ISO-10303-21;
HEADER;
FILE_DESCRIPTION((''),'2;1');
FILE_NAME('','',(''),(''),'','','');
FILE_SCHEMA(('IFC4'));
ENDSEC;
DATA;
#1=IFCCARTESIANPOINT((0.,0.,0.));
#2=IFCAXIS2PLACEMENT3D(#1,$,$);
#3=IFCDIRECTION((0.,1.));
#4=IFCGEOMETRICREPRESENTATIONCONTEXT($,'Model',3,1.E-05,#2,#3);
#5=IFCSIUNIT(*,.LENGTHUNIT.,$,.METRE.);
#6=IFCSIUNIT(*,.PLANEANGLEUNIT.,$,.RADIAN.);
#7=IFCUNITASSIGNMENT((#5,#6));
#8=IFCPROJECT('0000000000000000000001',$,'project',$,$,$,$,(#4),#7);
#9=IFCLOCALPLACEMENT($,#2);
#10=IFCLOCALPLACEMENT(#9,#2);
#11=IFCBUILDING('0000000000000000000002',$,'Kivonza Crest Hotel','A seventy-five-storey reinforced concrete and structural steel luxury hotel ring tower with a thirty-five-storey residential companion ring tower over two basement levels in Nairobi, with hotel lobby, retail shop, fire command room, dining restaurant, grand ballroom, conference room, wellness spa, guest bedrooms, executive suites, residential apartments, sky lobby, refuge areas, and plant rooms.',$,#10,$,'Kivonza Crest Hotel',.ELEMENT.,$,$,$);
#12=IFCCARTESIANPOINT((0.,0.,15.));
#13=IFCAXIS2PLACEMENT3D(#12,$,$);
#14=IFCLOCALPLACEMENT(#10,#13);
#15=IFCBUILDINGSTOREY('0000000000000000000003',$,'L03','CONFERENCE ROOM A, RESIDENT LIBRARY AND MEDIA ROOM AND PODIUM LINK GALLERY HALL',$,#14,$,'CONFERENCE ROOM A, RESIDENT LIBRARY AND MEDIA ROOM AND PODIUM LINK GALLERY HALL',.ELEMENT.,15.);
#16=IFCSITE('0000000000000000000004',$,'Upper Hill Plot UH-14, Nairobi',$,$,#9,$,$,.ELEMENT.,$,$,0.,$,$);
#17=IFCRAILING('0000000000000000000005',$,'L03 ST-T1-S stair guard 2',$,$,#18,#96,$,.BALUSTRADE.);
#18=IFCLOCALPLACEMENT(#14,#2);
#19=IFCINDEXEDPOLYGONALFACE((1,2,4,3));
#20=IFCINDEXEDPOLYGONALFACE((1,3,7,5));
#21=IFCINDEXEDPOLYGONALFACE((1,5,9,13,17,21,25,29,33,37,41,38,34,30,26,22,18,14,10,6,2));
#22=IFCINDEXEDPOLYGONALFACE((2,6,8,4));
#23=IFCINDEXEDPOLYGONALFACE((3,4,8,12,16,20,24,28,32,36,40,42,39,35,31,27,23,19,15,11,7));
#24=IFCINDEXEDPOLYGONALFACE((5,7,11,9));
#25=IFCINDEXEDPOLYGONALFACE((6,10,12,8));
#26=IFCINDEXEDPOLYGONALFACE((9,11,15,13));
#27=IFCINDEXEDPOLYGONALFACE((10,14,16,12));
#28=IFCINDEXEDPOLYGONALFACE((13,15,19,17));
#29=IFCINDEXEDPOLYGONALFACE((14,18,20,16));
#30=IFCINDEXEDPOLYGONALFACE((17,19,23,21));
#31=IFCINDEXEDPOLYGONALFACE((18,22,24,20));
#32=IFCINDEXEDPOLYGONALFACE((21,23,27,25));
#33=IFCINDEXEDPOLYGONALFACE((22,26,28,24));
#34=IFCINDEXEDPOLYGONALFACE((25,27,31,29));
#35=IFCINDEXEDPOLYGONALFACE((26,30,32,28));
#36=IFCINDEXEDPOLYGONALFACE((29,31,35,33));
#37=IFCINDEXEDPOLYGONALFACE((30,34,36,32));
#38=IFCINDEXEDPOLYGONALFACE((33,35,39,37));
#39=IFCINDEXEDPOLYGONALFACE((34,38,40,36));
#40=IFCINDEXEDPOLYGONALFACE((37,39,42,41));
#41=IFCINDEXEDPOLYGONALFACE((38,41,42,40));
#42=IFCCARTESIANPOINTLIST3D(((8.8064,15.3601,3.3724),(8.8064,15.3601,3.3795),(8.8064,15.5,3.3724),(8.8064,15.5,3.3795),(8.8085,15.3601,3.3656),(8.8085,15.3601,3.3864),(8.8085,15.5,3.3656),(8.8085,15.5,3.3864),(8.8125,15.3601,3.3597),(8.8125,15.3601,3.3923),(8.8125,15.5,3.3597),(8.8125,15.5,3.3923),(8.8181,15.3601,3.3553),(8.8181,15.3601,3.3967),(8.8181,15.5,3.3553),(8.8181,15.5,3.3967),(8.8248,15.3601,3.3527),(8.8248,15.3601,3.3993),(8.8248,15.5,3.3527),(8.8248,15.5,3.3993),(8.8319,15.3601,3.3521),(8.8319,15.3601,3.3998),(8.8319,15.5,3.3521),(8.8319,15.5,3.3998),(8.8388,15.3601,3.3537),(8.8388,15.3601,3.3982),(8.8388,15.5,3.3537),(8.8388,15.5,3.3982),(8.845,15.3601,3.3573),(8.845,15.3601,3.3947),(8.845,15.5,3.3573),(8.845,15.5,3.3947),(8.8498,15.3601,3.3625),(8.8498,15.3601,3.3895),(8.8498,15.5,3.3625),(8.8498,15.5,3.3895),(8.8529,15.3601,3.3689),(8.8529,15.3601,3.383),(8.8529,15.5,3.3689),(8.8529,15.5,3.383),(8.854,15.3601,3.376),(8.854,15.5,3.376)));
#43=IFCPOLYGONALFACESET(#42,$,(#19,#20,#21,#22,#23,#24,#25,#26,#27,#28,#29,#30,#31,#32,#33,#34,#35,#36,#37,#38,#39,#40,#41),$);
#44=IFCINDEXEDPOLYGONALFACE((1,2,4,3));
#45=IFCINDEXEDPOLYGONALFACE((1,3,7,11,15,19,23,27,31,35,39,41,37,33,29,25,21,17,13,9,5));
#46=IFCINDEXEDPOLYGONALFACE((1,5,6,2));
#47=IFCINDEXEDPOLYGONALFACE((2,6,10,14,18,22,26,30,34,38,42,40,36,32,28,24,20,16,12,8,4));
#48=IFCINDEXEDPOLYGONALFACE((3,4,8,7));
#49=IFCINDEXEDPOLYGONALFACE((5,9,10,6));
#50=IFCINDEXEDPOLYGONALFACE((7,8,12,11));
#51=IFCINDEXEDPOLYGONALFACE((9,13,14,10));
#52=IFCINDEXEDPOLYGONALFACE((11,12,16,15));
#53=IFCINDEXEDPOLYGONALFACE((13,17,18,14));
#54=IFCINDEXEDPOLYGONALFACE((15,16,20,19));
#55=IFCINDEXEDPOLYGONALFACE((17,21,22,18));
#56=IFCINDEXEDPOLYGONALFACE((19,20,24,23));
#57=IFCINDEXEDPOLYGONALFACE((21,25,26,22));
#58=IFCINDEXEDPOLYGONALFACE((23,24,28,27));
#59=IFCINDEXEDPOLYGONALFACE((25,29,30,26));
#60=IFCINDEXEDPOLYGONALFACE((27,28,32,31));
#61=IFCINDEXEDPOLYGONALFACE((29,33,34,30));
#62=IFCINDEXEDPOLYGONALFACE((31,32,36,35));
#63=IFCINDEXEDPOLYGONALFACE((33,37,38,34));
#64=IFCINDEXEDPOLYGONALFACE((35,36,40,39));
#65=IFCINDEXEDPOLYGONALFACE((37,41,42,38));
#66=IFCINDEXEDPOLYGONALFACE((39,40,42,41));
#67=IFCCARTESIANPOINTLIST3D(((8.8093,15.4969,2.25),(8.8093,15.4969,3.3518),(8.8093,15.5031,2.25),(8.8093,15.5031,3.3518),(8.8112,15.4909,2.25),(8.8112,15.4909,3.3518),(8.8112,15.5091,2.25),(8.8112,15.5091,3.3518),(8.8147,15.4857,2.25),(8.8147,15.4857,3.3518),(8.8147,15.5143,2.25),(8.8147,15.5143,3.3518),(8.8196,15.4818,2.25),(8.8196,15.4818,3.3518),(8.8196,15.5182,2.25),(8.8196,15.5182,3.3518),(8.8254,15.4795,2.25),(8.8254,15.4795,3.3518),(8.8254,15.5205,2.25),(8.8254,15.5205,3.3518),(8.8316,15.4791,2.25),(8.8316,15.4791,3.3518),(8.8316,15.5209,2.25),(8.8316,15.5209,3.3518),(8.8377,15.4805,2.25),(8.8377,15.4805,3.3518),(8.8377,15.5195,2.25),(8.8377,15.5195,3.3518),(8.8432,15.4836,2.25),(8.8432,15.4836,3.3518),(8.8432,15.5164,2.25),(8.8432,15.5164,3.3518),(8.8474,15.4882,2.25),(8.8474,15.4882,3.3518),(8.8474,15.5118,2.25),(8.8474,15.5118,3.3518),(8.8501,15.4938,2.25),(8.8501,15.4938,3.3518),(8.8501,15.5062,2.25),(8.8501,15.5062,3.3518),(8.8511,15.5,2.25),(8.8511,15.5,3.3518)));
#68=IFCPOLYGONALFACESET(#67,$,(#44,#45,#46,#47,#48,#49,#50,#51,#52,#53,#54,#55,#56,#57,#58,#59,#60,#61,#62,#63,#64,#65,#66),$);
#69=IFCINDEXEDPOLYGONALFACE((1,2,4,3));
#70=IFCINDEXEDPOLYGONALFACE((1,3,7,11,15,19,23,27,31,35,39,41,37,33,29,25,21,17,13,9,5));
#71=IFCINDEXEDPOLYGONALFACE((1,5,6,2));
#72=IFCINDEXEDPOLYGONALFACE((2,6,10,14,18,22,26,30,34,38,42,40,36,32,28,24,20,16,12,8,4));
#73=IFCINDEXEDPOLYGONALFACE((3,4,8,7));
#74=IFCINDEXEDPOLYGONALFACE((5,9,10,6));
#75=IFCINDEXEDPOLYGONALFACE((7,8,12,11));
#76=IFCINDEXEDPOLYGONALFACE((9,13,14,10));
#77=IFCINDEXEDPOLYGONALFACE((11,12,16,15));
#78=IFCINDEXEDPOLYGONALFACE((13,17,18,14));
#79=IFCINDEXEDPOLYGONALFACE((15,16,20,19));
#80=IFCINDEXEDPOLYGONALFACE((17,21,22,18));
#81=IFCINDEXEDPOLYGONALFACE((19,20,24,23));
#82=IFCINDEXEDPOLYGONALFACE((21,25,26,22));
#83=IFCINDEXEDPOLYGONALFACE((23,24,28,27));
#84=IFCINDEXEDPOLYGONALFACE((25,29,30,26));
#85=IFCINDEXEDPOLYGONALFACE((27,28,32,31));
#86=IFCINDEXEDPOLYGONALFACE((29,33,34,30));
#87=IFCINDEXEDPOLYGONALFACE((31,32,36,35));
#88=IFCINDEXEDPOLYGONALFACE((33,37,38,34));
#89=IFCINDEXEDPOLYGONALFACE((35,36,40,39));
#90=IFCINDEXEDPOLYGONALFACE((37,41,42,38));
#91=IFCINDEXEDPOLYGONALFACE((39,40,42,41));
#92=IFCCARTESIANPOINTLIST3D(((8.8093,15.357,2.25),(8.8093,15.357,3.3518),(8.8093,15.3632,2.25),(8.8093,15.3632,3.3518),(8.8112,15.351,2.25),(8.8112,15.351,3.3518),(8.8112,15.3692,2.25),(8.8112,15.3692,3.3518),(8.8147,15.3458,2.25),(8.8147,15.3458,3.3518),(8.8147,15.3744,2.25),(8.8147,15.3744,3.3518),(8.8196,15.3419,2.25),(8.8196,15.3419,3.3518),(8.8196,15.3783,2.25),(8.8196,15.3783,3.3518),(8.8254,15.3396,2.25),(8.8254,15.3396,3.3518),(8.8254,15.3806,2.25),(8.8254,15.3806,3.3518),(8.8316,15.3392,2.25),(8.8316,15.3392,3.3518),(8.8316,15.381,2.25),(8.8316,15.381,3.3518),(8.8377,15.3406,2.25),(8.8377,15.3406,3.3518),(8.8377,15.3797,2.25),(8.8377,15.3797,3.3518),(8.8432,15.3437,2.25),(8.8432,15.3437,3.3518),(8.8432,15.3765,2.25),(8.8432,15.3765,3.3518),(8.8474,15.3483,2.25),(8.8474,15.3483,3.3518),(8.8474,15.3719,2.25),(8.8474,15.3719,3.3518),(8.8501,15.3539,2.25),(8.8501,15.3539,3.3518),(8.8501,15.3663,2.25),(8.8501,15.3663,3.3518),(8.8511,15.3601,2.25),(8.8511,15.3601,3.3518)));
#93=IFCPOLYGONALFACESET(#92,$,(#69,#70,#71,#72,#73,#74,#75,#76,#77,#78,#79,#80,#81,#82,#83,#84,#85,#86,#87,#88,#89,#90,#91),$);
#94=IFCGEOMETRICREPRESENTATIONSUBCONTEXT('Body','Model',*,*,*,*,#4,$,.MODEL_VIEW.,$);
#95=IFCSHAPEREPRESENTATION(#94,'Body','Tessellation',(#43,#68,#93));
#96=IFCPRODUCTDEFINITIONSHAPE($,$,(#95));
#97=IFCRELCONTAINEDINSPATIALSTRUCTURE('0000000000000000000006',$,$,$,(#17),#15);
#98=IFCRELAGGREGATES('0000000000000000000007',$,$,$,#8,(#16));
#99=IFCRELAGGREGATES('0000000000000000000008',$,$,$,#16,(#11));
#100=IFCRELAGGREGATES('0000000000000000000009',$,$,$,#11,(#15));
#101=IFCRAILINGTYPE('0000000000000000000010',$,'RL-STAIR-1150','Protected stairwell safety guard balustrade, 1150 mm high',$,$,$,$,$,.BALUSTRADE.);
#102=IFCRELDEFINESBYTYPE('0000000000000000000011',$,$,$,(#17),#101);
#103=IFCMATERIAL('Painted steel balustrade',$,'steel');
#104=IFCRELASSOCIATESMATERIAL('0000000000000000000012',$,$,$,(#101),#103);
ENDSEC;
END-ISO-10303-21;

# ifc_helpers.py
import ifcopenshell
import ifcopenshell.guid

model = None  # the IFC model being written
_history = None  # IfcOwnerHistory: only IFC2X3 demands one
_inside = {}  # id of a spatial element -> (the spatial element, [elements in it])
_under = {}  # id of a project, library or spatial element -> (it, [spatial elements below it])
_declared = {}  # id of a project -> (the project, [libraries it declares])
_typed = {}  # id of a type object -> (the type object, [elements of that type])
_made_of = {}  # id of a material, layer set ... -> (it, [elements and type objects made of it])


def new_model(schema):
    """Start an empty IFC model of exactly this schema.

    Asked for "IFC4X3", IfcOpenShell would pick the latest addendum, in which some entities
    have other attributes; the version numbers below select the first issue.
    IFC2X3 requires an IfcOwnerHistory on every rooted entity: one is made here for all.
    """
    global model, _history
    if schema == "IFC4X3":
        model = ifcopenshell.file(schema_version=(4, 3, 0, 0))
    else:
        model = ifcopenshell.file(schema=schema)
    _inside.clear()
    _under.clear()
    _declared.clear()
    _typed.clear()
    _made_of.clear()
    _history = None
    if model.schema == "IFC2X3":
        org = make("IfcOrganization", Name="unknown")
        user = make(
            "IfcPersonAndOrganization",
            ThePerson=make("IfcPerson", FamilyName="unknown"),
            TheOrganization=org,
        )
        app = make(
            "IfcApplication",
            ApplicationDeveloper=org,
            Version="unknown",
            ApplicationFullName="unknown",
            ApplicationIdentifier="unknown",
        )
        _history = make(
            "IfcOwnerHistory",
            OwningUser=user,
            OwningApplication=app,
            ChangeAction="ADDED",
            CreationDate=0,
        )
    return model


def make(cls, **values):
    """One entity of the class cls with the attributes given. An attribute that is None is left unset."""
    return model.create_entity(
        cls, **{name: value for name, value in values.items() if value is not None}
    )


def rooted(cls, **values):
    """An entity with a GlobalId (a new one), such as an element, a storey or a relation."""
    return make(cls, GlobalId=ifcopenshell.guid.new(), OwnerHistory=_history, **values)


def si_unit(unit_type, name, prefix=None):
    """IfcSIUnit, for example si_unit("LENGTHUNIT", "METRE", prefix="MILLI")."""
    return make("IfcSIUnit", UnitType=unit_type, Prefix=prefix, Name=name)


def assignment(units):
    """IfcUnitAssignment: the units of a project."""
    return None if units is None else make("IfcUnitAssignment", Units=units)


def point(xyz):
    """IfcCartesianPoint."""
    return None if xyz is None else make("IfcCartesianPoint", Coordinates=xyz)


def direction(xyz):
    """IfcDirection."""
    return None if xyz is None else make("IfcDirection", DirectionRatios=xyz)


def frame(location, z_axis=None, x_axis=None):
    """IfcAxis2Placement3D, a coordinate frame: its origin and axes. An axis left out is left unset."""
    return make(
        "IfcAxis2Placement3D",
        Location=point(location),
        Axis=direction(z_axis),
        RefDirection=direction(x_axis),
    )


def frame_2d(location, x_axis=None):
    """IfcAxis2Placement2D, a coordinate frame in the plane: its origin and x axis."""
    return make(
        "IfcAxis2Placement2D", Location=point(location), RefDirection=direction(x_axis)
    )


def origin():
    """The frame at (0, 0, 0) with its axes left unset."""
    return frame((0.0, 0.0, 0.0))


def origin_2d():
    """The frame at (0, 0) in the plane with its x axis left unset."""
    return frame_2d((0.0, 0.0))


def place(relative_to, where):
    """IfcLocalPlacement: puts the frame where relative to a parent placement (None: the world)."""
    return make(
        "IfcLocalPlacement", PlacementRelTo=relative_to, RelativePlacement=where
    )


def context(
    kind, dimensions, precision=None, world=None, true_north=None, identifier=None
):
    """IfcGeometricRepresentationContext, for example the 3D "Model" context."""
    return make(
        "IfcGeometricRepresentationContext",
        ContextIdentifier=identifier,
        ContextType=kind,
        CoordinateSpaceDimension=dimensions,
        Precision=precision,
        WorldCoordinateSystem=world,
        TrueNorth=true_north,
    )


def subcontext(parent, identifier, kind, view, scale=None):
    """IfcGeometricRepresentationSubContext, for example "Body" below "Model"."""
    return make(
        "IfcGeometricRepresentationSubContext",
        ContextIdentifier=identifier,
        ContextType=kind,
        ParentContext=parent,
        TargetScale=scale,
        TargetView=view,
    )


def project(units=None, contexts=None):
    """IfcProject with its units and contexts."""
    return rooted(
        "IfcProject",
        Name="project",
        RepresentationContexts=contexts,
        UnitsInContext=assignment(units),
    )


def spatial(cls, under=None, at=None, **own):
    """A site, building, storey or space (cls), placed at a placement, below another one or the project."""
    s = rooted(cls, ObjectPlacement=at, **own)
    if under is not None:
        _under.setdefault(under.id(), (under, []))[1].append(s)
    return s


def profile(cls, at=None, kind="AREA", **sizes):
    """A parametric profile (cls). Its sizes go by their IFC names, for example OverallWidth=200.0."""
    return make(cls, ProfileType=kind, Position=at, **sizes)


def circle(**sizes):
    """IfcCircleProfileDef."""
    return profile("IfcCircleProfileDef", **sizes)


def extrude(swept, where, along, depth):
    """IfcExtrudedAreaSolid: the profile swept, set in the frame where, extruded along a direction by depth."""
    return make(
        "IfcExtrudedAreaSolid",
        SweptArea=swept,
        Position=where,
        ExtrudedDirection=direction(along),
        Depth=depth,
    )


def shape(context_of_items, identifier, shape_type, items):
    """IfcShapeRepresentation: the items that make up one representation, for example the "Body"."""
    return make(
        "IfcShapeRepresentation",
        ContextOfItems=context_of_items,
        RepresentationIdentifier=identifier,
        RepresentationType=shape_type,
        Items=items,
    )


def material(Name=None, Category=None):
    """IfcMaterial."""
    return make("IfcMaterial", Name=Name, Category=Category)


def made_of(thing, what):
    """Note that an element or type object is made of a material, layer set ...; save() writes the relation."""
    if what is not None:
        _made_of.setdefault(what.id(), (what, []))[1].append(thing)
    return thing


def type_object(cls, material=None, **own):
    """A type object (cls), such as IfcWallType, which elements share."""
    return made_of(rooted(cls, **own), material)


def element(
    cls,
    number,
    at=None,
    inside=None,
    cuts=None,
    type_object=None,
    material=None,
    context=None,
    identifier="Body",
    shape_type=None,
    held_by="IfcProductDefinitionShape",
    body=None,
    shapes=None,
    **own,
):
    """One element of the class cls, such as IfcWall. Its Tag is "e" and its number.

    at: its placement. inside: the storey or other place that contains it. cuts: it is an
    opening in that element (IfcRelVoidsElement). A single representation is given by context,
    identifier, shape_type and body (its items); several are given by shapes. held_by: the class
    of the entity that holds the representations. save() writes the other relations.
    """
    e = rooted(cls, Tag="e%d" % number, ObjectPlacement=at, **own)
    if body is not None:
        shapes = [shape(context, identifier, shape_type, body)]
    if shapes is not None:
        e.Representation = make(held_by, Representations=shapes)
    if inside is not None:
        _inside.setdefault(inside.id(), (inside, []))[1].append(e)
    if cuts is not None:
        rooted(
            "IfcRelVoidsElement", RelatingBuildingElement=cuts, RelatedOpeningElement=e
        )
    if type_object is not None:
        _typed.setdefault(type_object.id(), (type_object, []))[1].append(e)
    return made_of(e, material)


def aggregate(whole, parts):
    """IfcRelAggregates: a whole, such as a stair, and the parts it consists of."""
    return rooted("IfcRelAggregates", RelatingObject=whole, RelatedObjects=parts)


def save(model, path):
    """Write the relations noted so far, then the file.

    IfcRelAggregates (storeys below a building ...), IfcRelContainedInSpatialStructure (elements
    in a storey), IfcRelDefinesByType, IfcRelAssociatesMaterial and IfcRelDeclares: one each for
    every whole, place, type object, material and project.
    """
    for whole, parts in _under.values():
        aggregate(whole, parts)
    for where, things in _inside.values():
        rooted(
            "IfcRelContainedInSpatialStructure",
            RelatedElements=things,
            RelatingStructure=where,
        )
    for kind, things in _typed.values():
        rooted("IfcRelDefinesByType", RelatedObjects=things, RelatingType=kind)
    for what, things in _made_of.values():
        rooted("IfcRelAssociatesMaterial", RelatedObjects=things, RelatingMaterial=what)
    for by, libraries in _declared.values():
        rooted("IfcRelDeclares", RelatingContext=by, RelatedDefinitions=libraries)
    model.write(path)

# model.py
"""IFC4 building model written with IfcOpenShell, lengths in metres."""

from ifc_helpers import new_model, si_unit, direction, frame, origin, origin_2d, place, context, subcontext, project, spatial, circle, extrude, material, type_object, element, save


model = new_model("IFC4")

# Units and contexts
model_context = context("Model", 3, precision=1e-05, world=origin(), true_north=direction((0.0, 1.0)))
body_context = subcontext(model_context, "Body", "Model", "MODEL_VIEW")
ifc_project = project(units=[si_unit("LENGTHUNIT", "METRE"), si_unit("PLANEANGLEUNIT", "RADIAN")], contexts=[model_context])

# Site, building, storey
site_placement = place(None, origin())
site = spatial("IfcSite", under=ifc_project, at=site_placement, Name="Upper Hill Plot UH-14, Nairobi", CompositionType="ELEMENT", RefElevation=0.0)
building_placement = place(site_placement, origin())
building = spatial("IfcBuilding", under=site, at=building_placement, Name="Kivonza Crest Hotel", Description="A seventy-five-storey reinforced concrete and structural steel luxury hotel ring tower with a thirty-five-storey residential companion ring tower over two basement levels in Nairobi, with hotel lobby, retail shop, fire command room, dining restaurant, grand ballroom, conference room, wellness spa, guest bedrooms, executive suites, residential apartments, sky lobby, refuge areas, and plant rooms.", LongName="Kivonza Crest Hotel", CompositionType="ELEMENT")
storey_placement = place(building_placement, frame((0.0, 0.0, 15.0)))
storey = spatial("IfcBuildingStorey", under=building, at=storey_placement, Name="L03", Description="CONFERENCE ROOM A, RESIDENT LIBRARY AND MEDIA ROOM AND PODIUM LINK GALLERY HALL", LongName="CONFERENCE ROOM A, RESIDENT LIBRARY AND MEDIA ROOM AND PODIUM LINK GALLERY HALL", CompositionType="ELEMENT", Elevation=15.0)

# Railing
ifc_material_1 = material(Name="Painted steel balustrade", Category="steel")
railing_type_1 = type_object("IfcRailingType", Name="RL-STAIR-1150", Description="Protected stairwell safety guard balustrade, 1150 mm high", PredefinedType="BALUSTRADE", material=ifc_material_1)
railing_1_placement = place(storey_placement, frame((8.8301, 15.5, 2.25)))
element("IfcRailing", 1, at=railing_1_placement, inside=storey, type_object=railing_type_1, Name="L03 ST-T1-S stair guard 2", PredefinedType="BALUSTRADE", context=body_context, shape_type="SweptSolid", body=[
    extrude(circle(Radius=0.0239, at=origin_2d()), frame((0.0, 0.0, 1.126), z_axis=(0.0, -1.0, 0.0), x_axis=(1.0, 0.0, 0.0)), (0.0, 0.0, 1.0), 0.1399),
    extrude(circle(Radius=0.021, at=origin_2d()), origin(), (0.0, 0.0, 1.0), 1.1018),
    extrude(circle(Radius=0.021, at=origin_2d()), frame((0.0, -0.1399, 0.0)), (0.0, 0.0, 1.0), 1.1018),
])

save(model, "model.ifc")
